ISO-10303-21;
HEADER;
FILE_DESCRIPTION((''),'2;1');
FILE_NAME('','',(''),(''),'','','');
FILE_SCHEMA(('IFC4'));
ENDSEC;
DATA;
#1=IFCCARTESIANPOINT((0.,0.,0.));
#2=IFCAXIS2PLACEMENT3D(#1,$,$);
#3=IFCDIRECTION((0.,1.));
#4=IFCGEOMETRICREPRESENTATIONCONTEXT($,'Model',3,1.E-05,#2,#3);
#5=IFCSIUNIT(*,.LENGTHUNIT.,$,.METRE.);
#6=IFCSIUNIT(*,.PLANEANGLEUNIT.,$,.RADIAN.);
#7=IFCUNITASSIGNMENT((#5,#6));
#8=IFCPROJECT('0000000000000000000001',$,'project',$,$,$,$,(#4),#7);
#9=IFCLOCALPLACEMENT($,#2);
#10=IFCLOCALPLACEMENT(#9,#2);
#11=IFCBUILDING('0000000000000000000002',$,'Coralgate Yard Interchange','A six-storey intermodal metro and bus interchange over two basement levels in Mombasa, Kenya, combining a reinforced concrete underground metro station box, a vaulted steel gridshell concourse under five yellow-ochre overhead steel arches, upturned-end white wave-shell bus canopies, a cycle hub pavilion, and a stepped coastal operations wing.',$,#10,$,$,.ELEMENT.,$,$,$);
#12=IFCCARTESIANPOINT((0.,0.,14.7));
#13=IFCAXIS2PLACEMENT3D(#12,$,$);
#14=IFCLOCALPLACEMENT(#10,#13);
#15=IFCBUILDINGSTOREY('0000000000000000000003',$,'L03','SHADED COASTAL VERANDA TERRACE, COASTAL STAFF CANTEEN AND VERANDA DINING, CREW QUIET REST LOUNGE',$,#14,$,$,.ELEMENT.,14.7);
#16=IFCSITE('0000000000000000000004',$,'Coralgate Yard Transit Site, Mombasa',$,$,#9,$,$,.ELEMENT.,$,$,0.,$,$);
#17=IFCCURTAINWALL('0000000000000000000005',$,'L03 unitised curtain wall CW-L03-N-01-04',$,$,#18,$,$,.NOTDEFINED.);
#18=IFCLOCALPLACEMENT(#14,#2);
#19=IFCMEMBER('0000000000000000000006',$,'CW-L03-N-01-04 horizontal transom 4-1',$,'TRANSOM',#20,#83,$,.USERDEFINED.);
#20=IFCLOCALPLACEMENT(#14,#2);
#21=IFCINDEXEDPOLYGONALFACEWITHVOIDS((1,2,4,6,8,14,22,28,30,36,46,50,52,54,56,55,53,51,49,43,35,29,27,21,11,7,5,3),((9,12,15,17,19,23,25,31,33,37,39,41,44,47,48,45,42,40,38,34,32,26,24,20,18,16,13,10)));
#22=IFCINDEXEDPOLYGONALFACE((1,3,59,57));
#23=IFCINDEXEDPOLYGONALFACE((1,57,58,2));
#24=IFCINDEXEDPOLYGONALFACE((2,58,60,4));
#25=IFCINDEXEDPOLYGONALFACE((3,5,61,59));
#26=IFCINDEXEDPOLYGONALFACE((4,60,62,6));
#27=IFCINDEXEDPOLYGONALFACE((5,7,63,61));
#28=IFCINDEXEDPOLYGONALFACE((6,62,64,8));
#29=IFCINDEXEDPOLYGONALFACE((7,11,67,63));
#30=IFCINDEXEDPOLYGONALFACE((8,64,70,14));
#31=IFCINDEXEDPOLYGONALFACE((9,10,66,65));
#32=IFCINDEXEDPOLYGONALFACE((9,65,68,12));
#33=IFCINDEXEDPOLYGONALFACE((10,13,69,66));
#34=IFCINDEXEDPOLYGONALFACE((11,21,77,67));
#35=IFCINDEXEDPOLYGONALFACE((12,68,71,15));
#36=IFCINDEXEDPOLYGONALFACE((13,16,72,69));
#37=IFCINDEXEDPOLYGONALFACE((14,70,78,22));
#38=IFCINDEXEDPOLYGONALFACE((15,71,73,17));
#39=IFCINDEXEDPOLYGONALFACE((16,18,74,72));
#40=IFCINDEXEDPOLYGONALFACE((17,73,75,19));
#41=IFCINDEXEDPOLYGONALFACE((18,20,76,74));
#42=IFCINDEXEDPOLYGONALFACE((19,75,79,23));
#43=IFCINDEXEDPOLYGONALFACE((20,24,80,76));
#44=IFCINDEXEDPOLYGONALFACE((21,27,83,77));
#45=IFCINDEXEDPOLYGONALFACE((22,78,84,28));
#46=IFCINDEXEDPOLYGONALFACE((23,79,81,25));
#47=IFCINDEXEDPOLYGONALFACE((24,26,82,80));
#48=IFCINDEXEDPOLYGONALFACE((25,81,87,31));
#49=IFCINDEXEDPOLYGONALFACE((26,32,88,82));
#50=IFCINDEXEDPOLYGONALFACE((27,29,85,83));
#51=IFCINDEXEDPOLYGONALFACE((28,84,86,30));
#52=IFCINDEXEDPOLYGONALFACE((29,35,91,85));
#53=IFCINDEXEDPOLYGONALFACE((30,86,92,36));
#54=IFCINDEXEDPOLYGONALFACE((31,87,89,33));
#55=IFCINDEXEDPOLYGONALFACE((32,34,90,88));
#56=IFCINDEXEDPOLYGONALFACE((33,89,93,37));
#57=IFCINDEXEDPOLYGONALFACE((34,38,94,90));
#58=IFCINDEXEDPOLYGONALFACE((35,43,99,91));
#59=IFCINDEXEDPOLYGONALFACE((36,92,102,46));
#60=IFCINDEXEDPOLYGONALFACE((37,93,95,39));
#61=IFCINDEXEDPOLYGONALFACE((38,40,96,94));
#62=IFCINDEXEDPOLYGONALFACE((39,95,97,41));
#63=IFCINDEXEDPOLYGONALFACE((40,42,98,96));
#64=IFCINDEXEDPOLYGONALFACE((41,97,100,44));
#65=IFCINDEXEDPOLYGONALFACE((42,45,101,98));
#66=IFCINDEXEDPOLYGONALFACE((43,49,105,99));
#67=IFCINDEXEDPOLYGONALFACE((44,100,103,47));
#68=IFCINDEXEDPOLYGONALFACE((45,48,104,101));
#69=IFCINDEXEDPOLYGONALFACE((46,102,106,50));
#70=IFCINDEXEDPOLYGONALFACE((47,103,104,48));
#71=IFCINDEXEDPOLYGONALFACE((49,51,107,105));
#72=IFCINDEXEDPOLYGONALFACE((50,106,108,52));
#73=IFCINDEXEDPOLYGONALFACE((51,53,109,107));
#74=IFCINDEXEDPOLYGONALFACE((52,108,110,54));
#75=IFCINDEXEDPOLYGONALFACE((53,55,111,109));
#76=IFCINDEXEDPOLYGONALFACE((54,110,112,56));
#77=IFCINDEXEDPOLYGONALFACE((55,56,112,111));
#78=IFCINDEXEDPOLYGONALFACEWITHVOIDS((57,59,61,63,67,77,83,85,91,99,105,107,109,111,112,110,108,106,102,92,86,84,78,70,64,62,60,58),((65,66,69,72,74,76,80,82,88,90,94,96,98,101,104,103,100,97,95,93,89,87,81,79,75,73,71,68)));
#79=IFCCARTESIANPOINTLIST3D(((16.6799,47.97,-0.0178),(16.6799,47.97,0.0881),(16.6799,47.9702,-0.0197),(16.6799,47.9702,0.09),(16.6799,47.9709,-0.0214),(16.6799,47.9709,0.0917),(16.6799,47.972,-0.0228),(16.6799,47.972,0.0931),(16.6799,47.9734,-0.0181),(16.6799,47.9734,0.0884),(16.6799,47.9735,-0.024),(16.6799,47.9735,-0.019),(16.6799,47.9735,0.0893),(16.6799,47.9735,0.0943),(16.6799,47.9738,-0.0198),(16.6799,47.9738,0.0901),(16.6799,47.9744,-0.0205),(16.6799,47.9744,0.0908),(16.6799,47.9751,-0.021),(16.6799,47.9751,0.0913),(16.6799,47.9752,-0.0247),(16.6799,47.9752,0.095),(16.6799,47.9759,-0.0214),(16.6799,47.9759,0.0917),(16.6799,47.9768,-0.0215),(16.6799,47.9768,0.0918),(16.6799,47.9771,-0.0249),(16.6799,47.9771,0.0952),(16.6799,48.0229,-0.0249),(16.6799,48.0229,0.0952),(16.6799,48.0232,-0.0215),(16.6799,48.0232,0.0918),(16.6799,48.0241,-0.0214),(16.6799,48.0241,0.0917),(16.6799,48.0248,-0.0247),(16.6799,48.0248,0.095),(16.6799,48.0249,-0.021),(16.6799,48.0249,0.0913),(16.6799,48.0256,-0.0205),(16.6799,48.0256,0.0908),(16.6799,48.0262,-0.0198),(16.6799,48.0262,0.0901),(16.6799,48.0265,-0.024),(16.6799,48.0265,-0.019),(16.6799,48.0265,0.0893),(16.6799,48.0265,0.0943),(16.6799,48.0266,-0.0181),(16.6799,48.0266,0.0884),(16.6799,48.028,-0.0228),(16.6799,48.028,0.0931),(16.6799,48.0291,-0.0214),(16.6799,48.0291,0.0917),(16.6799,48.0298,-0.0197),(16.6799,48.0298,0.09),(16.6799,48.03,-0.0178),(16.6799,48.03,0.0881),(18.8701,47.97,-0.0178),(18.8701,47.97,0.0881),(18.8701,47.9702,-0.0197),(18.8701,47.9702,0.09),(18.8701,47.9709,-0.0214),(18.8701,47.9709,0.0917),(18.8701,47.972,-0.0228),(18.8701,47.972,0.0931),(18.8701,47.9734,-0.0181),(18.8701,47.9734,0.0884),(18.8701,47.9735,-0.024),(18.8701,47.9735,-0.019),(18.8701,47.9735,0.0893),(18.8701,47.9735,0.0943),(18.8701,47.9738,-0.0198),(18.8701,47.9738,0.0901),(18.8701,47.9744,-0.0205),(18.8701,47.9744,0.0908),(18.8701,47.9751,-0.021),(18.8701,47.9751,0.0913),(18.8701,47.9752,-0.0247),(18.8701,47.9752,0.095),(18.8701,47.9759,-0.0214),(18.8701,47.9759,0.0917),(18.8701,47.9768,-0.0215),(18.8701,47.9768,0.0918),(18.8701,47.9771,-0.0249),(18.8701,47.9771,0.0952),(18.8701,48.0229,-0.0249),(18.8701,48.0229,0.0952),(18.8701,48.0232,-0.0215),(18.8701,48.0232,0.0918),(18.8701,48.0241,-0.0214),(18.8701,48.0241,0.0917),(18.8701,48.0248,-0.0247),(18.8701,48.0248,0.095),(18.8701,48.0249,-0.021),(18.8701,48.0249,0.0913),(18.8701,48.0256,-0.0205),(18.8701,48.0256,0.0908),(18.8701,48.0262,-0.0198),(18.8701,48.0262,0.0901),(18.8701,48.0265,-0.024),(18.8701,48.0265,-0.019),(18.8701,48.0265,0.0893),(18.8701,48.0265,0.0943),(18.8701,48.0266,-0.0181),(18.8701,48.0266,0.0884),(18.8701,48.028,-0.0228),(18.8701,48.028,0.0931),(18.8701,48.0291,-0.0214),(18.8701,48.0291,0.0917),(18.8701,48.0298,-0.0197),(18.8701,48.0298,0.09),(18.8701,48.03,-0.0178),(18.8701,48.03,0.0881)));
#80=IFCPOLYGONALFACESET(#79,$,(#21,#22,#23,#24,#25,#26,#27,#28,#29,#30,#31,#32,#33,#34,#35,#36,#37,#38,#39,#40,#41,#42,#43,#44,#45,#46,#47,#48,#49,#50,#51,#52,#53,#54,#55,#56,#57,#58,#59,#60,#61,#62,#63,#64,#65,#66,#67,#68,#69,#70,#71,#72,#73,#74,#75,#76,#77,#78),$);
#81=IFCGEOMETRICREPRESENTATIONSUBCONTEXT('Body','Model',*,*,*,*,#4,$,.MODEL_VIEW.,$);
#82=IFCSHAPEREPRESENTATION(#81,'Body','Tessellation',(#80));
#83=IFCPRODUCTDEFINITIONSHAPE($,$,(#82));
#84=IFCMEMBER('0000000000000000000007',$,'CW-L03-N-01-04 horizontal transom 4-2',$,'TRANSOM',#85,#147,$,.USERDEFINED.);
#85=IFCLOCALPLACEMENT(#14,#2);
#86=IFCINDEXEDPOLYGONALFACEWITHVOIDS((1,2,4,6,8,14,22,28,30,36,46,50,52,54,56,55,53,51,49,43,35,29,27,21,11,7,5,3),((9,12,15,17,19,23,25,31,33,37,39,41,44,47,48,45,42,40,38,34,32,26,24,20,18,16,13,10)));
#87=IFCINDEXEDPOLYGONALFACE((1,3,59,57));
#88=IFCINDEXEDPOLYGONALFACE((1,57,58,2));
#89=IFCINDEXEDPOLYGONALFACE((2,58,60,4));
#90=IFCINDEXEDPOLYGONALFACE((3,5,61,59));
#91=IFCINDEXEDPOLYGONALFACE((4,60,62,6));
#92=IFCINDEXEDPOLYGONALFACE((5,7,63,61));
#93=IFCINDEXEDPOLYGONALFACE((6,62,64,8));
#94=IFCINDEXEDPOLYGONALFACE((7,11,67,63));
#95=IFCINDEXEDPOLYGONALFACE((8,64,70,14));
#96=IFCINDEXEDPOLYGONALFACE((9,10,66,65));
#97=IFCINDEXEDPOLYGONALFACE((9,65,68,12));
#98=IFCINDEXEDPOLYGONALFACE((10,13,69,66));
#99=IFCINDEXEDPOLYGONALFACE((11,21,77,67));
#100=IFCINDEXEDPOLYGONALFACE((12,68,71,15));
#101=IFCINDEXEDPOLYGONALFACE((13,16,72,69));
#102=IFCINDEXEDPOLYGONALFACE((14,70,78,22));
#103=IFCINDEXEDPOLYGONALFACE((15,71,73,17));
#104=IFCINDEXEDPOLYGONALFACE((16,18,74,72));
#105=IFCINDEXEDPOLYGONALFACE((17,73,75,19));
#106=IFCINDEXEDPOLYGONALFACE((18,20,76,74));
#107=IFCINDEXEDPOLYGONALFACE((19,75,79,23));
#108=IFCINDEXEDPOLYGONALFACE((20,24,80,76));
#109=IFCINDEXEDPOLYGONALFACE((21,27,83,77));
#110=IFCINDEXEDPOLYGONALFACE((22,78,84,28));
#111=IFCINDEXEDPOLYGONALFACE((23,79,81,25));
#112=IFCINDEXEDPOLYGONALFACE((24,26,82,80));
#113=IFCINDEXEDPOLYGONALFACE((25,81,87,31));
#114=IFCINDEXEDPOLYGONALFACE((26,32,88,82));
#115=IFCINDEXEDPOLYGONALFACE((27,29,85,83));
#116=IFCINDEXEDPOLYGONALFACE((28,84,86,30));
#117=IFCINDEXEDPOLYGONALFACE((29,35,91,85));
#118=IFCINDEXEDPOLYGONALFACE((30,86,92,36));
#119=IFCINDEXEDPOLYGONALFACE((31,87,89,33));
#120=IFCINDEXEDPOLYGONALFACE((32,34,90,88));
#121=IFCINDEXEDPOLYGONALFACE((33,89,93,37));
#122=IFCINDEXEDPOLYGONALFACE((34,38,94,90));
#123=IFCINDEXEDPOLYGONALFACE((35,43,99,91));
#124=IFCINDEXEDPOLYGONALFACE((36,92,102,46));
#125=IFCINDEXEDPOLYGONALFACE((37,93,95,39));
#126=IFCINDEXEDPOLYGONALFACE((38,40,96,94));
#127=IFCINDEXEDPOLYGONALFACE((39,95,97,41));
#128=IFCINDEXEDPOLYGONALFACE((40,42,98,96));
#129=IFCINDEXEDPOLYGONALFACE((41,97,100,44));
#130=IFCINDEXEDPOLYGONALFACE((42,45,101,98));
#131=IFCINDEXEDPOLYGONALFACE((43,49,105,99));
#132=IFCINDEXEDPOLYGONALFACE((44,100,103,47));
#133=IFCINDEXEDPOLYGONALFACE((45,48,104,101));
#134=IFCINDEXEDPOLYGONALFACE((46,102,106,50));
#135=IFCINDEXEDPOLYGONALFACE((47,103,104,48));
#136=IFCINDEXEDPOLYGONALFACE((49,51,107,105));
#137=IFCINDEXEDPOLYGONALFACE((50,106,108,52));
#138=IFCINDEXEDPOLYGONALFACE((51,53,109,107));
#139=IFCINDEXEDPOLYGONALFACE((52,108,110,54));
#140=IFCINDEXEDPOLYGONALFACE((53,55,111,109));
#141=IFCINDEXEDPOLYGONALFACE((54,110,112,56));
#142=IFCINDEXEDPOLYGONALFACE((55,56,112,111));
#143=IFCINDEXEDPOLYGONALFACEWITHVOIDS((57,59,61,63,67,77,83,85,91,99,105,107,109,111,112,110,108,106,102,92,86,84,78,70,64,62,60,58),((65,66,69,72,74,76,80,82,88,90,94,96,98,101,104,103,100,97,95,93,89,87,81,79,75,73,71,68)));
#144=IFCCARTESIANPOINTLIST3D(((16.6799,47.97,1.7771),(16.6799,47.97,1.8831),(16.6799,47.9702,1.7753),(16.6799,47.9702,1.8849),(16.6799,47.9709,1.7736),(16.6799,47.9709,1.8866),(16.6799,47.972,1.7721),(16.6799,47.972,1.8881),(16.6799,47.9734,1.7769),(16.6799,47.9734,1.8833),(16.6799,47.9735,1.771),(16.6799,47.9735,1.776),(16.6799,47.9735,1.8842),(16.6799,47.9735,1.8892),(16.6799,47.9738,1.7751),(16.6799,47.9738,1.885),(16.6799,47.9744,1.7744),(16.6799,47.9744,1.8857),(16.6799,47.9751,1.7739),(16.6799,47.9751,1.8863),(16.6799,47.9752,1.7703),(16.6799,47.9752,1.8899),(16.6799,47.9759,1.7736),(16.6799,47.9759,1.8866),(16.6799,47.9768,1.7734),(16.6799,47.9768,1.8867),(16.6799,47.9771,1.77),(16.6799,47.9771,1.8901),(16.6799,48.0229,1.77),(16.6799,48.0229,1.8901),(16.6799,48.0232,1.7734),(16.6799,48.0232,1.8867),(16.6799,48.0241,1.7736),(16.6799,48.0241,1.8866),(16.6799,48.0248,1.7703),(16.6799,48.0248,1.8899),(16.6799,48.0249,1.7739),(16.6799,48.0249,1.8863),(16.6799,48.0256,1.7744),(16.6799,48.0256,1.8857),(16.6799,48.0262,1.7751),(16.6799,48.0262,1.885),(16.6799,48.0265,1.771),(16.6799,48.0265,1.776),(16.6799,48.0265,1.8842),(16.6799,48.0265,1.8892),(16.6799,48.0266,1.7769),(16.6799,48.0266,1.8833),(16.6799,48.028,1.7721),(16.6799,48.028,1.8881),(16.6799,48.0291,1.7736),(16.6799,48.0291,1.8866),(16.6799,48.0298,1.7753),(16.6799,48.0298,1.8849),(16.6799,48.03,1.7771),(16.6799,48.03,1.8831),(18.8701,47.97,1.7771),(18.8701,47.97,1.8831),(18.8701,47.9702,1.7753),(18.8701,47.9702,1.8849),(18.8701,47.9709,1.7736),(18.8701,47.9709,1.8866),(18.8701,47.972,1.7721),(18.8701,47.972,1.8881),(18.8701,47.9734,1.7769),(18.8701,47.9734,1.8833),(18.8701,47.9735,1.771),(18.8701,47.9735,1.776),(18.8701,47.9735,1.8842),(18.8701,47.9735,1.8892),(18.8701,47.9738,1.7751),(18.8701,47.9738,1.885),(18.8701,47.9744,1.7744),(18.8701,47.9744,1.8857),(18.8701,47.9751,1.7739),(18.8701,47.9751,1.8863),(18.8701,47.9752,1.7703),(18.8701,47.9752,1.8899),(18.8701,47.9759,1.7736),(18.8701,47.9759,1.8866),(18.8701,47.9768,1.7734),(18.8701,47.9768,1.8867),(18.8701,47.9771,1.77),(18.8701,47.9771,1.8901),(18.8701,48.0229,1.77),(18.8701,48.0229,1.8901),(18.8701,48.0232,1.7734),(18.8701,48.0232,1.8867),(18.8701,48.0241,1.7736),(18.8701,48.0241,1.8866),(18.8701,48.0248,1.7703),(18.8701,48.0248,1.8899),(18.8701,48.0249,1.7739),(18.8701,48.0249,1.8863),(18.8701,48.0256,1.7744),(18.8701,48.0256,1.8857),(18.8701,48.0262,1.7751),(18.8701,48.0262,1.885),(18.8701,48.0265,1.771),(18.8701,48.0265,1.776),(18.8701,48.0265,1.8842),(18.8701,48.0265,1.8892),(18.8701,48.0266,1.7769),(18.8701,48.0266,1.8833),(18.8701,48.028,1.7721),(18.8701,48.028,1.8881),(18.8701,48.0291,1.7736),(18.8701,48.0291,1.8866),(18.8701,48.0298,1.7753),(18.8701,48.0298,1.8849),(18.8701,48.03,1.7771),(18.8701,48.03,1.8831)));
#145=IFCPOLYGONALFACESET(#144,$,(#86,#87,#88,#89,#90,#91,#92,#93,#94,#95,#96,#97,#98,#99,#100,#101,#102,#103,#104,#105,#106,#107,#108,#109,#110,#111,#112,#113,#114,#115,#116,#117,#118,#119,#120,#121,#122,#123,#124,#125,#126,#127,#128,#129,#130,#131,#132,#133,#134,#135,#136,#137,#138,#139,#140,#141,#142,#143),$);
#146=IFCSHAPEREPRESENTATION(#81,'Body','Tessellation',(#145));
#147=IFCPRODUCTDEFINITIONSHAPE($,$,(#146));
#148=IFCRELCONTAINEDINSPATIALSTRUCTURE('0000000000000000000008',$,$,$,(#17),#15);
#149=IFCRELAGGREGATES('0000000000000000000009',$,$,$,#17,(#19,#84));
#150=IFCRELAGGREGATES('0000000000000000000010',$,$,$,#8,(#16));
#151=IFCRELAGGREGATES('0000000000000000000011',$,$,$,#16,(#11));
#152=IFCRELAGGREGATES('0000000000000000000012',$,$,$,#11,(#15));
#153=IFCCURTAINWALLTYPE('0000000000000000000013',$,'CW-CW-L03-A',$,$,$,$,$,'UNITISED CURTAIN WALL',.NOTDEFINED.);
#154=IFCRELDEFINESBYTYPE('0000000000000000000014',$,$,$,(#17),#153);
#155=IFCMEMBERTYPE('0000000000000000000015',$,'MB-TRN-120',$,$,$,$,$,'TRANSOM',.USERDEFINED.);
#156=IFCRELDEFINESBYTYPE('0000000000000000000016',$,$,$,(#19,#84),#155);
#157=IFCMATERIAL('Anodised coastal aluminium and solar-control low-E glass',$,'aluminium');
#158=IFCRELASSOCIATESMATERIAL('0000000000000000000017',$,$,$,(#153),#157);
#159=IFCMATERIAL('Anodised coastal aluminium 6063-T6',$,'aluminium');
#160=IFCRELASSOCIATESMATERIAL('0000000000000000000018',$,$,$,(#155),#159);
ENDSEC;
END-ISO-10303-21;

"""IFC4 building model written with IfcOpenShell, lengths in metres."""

from ifc_helpers import new_model, si_unit, direction, frame, origin, origin_2d, place, context, subcontext, project, spatial, hollow_rectangle, extrude, material, material_profile, profile_set, type_object, element, aggregate, save


model = new_model("IFC4")

# Units and contexts
model_context = context("Model", 3, precision=1e-05, world=origin(), true_north=direction((0.0, 1.0)))
body_context = subcontext(model_context, "Body", "Model", "MODEL_VIEW")
ifc_project = project(units=[si_unit("LENGTHUNIT", "METRE"), si_unit("PLANEANGLEUNIT", "RADIAN")], contexts=[model_context])

# Site, building, storey
site_placement = place(None, origin())
site = spatial("IfcSite", under=ifc_project, at=site_placement, Name="Coralgate Yard Transit Site, Mombasa", CompositionType="ELEMENT", RefElevation=0.0)
building_placement = place(site_placement, origin())
building = spatial("IfcBuilding", under=site, at=building_placement, Name="Coralgate Yard Interchange", Description="A six-storey intermodal metro and bus interchange over two basement levels in Mombasa, Kenya, combining a reinforced concrete underground metro station box, a vaulted steel gridshell concourse under five yellow-ochre overhead steel arches, upturned-end white wave-shell bus canopies, a cycle hub pavilion, and a stepped coastal operations wing.", CompositionType="ELEMENT")
storey_placement = place(building_placement, frame((0.0, 0.0, 14.7)))
storey = spatial("IfcBuildingStorey", under=building, at=storey_placement, Name="L03", Description="SHADED COASTAL VERANDA TERRACE, COASTAL STAFF CANTEEN AND VERANDA DINING, CREW QUIET REST LOUNGE", CompositionType="ELEMENT", Elevation=14.7)

# Curtain wall
ifc_material_1 = material(Name="Anodised coastal aluminium and solar-control low-E glass", Category="aluminium")
curtain_wall_type = type_object("IfcCurtainWallType", Name="CW-CW-L03-A", ElementType="UNITISED CURTAIN WALL", PredefinedType="NOTDEFINED", material=ifc_material_1)
curtain_wall_1_placement = place(storey_placement, origin())
curtain_wall_1 = element("IfcCurtainWall", 1, at=curtain_wall_1_placement, inside=storey, type_object=curtain_wall_type, Name="L03 unitised curtain wall CW-L03-N-01-04", PredefinedType="NOTDEFINED")
ifc_material_2 = material(Name="Anodised coastal aluminium 6063-T6", Category="aluminium")

# Members
ifc_material_profile_1 = material_profile(ifc_material_2, hollow_rectangle(XDim=0.0601, YDim=0.1201, WallThickness=0.0034, InnerFilletRadius=0.0034, OuterFilletRadius=0.0071, at=origin_2d()), Name="ALU 60x120x3.5")
ifc_profile_set_1 = profile_set([ifc_material_profile_1], Name="Anodised coastal aluminium 6063-T6")
member_type_1 = type_object("IfcMemberType", Name="MB-TRN-120", ElementType="TRANSOM", PredefinedType="USERDEFINED", material=ifc_profile_set_1)
member_1_placement = place(storey_placement, frame((16.6799, 48.0, 0.0352), z_axis=(1.0, 0.0, 0.0), x_axis=(0.0, 1.0, 0.0)))
member_1 = element("IfcMember", 2, at=member_1_placement, type_object=member_type_1, Name="CW-L03-N-01-04 horizontal transom 4-1", ObjectType="TRANSOM", PredefinedType="USERDEFINED", context=body_context, shape_type="SweptSolid", body=[
    extrude(hollow_rectangle(XDim=0.0601, YDim=0.1201, WallThickness=0.0034, InnerFilletRadius=0.0034, OuterFilletRadius=0.0071, at=origin_2d()), origin(), (0.0, 0.0, 1.0), 2.1902),
])
member_2_placement = place(storey_placement, frame((16.6799, 48.0, 1.8301), z_axis=(1.0, 0.0, 0.0), x_axis=(0.0, 1.0, 0.0)))
member_2 = element("IfcMember", 3, at=member_2_placement, type_object=member_type_1, Name="CW-L03-N-01-04 horizontal transom 4-2", ObjectType="TRANSOM", PredefinedType="USERDEFINED", context=body_context, shape_type="SweptSolid", body=[
    extrude(hollow_rectangle(XDim=0.0601, YDim=0.1201, WallThickness=0.0034, InnerFilletRadius=0.0034, OuterFilletRadius=0.0071, at=origin_2d()), origin(), (0.0, 0.0, 1.0), 2.1902),
])

aggregate(curtain_wall_1, [member_1, member_2])

save(model, "model.ifc")
